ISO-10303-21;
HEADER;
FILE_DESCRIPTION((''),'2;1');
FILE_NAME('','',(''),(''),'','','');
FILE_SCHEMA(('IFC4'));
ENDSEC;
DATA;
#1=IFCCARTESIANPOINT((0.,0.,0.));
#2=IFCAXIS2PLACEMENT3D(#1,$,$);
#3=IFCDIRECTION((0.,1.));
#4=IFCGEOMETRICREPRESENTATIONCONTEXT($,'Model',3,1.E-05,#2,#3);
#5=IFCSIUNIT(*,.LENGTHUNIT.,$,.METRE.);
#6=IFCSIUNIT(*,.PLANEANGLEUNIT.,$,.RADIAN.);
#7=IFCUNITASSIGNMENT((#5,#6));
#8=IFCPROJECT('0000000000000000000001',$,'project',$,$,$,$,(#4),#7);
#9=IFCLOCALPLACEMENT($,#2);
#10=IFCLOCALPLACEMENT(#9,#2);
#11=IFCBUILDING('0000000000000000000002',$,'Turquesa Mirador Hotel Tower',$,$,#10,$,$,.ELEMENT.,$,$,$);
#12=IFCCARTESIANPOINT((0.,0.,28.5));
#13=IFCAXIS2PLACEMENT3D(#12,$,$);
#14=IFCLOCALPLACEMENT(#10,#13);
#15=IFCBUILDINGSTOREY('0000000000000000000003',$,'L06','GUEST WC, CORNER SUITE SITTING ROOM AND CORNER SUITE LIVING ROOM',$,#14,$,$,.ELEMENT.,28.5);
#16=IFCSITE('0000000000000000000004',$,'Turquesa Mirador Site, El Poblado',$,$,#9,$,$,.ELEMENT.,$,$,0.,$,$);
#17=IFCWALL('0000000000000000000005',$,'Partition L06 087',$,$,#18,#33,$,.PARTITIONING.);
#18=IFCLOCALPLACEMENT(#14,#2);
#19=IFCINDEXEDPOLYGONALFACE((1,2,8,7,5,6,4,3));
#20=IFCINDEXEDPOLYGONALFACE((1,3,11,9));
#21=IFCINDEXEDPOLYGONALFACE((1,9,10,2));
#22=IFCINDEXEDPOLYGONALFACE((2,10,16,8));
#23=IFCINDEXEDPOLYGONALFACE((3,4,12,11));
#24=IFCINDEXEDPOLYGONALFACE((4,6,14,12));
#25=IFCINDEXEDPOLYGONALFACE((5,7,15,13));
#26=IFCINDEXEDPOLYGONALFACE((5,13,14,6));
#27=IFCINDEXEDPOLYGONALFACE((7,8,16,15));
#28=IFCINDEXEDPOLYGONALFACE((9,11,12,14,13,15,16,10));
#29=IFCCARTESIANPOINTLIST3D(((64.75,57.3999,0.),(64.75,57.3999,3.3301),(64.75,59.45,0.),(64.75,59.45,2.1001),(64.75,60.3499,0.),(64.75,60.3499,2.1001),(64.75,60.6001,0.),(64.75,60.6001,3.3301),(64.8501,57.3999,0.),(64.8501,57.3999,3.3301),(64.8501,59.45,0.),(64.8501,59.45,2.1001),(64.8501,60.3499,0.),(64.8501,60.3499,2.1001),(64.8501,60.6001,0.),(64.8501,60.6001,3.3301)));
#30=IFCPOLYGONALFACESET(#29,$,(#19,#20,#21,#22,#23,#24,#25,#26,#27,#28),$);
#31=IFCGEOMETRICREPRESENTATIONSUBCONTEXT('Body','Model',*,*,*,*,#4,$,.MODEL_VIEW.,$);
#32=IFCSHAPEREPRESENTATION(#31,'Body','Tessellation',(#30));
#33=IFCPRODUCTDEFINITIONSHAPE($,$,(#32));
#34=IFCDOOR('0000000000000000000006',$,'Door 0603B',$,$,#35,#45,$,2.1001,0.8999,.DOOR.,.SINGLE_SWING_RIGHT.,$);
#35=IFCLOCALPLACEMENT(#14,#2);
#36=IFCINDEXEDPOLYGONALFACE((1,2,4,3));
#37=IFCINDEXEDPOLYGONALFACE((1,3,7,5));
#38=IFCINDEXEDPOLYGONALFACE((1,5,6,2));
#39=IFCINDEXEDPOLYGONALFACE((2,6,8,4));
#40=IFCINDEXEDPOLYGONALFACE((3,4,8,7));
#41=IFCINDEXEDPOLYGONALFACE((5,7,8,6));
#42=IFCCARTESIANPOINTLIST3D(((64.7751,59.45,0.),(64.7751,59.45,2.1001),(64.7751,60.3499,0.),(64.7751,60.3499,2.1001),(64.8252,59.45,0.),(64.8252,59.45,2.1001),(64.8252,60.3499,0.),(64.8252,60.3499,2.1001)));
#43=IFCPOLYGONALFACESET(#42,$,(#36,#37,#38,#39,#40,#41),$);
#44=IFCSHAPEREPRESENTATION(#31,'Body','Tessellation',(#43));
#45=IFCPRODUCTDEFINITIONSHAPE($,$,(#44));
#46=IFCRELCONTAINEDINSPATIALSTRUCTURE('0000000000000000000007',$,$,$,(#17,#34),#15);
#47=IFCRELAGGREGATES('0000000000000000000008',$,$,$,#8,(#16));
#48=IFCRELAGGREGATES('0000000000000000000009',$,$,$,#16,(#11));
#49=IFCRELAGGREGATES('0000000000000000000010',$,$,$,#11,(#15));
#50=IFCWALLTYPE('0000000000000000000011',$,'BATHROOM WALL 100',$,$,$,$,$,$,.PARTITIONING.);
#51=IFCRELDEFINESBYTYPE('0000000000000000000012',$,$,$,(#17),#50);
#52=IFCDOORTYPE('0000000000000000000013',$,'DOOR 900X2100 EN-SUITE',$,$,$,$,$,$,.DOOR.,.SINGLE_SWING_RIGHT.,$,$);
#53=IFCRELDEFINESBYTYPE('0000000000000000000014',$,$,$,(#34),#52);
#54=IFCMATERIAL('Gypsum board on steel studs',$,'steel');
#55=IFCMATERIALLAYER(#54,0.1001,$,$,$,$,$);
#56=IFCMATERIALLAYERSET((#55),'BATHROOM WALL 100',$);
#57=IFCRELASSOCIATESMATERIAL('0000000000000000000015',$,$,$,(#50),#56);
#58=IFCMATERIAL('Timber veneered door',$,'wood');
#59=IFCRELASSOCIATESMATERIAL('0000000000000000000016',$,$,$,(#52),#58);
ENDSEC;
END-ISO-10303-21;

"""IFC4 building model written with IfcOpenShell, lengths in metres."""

from ifc_helpers import new_model, si_unit, direction, frame, frame_2d, origin, place, context, subcontext, project, spatial, rectangle, extrude, material, layer, layer_set, type_object, element, fill, save


model = new_model("IFC4")

# Units and contexts
model_context = context("Model", 3, precision=1e-05, world=origin(), true_north=direction((0.0, 1.0)))
body_context = subcontext(model_context, "Body", "Model", "MODEL_VIEW")
ifc_project = project(units=[si_unit("LENGTHUNIT", "METRE"), si_unit("PLANEANGLEUNIT", "RADIAN")], contexts=[model_context])

# Site, building, storey
site_placement = place(None, origin())
site = spatial("IfcSite", under=ifc_project, at=site_placement, Name="Turquesa Mirador Site, El Poblado", CompositionType="ELEMENT", RefElevation=0.0)
building_placement = place(site_placement, origin())
building = spatial("IfcBuilding", under=site, at=building_placement, Name="Turquesa Mirador Hotel Tower", CompositionType="ELEMENT")
storey_placement = place(building_placement, frame((0.0, 0.0, 28.5)))
storey = spatial("IfcBuildingStorey", under=building, at=storey_placement, Name="L06", Description="GUEST WC, CORNER SUITE SITTING ROOM AND CORNER SUITE LIVING ROOM", CompositionType="ELEMENT", Elevation=28.5)

# Shared definitions
ifc_material_1 = material(Name="Gypsum board on steel studs", Category="steel")
ifc_layer = layer(ifc_material_1, 0.1001)
ifc_layer_set = layer_set([ifc_layer], Name="BATHROOM WALL 100")
wall_type = type_object("IfcWallType", Name="BATHROOM WALL 100", PredefinedType="PARTITIONING", material=ifc_layer_set)

# Shared definitions
ifc_material_2 = material(Name="Timber veneered door", Category="wood")
door_type_1 = type_object("IfcDoorType", Name="DOOR 900X2100 EN-SUITE", OperationType="SINGLE_SWING_RIGHT", PredefinedType="DOOR", material=ifc_material_2)

# Wall, opening, door
wall_1_placement = place(storey_placement, frame((64.8, 57.3999, 0.0), z_axis=(0.0, 0.0, 1.0), x_axis=(0.0, 1.0, 0.0)))
wall_1 = element("IfcWall", 1, at=wall_1_placement, inside=storey, type_object=wall_type, Name="Partition L06 087", PredefinedType="PARTITIONING", context=body_context, shape_type="SweptSolid", body=[
    extrude(rectangle(XDim=3.2002, YDim=0.1001, at=frame_2d((1.6001, 0.0))), origin(), (0.0, 0.0, 1.0), 3.3301),
])
opening_1_placement = place(wall_1_placement, frame((2.05, 0.0, 0.0)))
opening_1 = element("IfcOpeningElement", 2, at=opening_1_placement, cuts=wall_1, PredefinedType="OPENING", context=body_context, shape_type="SweptSolid", body=[
    extrude(rectangle(XDim=0.8999, YDim=2.1001, at=frame_2d((0.45, 1.05))), frame((0.0, 0.0601, 0.0), z_axis=(0.0, -1.0, 0.0), x_axis=(1.0, 0.0, 0.0)), (0.0, 0.0, 1.0), 0.1201),
])
door_1_placement = place(opening_1_placement, origin())
door_1 = element("IfcDoor", 3, at=door_1_placement, inside=storey, type_object=door_type_1, Name="Door 0603B", OperationType="SINGLE_SWING_RIGHT", OverallHeight=2.1001, OverallWidth=0.8999, PredefinedType="DOOR", context=body_context, shape_type="SweptSolid", body=[
    extrude(rectangle(XDim=0.8999, YDim=2.1001, at=frame_2d((0.45, 1.05))), frame((0.0, 0.0249, 0.0), z_axis=(0.0, -1.0, 0.0), x_axis=(1.0, 0.0, 0.0)), (0.0, 0.0, 1.0), 0.05),
])
fill(opening_1, door_1)

save(model, "model.ifc")
